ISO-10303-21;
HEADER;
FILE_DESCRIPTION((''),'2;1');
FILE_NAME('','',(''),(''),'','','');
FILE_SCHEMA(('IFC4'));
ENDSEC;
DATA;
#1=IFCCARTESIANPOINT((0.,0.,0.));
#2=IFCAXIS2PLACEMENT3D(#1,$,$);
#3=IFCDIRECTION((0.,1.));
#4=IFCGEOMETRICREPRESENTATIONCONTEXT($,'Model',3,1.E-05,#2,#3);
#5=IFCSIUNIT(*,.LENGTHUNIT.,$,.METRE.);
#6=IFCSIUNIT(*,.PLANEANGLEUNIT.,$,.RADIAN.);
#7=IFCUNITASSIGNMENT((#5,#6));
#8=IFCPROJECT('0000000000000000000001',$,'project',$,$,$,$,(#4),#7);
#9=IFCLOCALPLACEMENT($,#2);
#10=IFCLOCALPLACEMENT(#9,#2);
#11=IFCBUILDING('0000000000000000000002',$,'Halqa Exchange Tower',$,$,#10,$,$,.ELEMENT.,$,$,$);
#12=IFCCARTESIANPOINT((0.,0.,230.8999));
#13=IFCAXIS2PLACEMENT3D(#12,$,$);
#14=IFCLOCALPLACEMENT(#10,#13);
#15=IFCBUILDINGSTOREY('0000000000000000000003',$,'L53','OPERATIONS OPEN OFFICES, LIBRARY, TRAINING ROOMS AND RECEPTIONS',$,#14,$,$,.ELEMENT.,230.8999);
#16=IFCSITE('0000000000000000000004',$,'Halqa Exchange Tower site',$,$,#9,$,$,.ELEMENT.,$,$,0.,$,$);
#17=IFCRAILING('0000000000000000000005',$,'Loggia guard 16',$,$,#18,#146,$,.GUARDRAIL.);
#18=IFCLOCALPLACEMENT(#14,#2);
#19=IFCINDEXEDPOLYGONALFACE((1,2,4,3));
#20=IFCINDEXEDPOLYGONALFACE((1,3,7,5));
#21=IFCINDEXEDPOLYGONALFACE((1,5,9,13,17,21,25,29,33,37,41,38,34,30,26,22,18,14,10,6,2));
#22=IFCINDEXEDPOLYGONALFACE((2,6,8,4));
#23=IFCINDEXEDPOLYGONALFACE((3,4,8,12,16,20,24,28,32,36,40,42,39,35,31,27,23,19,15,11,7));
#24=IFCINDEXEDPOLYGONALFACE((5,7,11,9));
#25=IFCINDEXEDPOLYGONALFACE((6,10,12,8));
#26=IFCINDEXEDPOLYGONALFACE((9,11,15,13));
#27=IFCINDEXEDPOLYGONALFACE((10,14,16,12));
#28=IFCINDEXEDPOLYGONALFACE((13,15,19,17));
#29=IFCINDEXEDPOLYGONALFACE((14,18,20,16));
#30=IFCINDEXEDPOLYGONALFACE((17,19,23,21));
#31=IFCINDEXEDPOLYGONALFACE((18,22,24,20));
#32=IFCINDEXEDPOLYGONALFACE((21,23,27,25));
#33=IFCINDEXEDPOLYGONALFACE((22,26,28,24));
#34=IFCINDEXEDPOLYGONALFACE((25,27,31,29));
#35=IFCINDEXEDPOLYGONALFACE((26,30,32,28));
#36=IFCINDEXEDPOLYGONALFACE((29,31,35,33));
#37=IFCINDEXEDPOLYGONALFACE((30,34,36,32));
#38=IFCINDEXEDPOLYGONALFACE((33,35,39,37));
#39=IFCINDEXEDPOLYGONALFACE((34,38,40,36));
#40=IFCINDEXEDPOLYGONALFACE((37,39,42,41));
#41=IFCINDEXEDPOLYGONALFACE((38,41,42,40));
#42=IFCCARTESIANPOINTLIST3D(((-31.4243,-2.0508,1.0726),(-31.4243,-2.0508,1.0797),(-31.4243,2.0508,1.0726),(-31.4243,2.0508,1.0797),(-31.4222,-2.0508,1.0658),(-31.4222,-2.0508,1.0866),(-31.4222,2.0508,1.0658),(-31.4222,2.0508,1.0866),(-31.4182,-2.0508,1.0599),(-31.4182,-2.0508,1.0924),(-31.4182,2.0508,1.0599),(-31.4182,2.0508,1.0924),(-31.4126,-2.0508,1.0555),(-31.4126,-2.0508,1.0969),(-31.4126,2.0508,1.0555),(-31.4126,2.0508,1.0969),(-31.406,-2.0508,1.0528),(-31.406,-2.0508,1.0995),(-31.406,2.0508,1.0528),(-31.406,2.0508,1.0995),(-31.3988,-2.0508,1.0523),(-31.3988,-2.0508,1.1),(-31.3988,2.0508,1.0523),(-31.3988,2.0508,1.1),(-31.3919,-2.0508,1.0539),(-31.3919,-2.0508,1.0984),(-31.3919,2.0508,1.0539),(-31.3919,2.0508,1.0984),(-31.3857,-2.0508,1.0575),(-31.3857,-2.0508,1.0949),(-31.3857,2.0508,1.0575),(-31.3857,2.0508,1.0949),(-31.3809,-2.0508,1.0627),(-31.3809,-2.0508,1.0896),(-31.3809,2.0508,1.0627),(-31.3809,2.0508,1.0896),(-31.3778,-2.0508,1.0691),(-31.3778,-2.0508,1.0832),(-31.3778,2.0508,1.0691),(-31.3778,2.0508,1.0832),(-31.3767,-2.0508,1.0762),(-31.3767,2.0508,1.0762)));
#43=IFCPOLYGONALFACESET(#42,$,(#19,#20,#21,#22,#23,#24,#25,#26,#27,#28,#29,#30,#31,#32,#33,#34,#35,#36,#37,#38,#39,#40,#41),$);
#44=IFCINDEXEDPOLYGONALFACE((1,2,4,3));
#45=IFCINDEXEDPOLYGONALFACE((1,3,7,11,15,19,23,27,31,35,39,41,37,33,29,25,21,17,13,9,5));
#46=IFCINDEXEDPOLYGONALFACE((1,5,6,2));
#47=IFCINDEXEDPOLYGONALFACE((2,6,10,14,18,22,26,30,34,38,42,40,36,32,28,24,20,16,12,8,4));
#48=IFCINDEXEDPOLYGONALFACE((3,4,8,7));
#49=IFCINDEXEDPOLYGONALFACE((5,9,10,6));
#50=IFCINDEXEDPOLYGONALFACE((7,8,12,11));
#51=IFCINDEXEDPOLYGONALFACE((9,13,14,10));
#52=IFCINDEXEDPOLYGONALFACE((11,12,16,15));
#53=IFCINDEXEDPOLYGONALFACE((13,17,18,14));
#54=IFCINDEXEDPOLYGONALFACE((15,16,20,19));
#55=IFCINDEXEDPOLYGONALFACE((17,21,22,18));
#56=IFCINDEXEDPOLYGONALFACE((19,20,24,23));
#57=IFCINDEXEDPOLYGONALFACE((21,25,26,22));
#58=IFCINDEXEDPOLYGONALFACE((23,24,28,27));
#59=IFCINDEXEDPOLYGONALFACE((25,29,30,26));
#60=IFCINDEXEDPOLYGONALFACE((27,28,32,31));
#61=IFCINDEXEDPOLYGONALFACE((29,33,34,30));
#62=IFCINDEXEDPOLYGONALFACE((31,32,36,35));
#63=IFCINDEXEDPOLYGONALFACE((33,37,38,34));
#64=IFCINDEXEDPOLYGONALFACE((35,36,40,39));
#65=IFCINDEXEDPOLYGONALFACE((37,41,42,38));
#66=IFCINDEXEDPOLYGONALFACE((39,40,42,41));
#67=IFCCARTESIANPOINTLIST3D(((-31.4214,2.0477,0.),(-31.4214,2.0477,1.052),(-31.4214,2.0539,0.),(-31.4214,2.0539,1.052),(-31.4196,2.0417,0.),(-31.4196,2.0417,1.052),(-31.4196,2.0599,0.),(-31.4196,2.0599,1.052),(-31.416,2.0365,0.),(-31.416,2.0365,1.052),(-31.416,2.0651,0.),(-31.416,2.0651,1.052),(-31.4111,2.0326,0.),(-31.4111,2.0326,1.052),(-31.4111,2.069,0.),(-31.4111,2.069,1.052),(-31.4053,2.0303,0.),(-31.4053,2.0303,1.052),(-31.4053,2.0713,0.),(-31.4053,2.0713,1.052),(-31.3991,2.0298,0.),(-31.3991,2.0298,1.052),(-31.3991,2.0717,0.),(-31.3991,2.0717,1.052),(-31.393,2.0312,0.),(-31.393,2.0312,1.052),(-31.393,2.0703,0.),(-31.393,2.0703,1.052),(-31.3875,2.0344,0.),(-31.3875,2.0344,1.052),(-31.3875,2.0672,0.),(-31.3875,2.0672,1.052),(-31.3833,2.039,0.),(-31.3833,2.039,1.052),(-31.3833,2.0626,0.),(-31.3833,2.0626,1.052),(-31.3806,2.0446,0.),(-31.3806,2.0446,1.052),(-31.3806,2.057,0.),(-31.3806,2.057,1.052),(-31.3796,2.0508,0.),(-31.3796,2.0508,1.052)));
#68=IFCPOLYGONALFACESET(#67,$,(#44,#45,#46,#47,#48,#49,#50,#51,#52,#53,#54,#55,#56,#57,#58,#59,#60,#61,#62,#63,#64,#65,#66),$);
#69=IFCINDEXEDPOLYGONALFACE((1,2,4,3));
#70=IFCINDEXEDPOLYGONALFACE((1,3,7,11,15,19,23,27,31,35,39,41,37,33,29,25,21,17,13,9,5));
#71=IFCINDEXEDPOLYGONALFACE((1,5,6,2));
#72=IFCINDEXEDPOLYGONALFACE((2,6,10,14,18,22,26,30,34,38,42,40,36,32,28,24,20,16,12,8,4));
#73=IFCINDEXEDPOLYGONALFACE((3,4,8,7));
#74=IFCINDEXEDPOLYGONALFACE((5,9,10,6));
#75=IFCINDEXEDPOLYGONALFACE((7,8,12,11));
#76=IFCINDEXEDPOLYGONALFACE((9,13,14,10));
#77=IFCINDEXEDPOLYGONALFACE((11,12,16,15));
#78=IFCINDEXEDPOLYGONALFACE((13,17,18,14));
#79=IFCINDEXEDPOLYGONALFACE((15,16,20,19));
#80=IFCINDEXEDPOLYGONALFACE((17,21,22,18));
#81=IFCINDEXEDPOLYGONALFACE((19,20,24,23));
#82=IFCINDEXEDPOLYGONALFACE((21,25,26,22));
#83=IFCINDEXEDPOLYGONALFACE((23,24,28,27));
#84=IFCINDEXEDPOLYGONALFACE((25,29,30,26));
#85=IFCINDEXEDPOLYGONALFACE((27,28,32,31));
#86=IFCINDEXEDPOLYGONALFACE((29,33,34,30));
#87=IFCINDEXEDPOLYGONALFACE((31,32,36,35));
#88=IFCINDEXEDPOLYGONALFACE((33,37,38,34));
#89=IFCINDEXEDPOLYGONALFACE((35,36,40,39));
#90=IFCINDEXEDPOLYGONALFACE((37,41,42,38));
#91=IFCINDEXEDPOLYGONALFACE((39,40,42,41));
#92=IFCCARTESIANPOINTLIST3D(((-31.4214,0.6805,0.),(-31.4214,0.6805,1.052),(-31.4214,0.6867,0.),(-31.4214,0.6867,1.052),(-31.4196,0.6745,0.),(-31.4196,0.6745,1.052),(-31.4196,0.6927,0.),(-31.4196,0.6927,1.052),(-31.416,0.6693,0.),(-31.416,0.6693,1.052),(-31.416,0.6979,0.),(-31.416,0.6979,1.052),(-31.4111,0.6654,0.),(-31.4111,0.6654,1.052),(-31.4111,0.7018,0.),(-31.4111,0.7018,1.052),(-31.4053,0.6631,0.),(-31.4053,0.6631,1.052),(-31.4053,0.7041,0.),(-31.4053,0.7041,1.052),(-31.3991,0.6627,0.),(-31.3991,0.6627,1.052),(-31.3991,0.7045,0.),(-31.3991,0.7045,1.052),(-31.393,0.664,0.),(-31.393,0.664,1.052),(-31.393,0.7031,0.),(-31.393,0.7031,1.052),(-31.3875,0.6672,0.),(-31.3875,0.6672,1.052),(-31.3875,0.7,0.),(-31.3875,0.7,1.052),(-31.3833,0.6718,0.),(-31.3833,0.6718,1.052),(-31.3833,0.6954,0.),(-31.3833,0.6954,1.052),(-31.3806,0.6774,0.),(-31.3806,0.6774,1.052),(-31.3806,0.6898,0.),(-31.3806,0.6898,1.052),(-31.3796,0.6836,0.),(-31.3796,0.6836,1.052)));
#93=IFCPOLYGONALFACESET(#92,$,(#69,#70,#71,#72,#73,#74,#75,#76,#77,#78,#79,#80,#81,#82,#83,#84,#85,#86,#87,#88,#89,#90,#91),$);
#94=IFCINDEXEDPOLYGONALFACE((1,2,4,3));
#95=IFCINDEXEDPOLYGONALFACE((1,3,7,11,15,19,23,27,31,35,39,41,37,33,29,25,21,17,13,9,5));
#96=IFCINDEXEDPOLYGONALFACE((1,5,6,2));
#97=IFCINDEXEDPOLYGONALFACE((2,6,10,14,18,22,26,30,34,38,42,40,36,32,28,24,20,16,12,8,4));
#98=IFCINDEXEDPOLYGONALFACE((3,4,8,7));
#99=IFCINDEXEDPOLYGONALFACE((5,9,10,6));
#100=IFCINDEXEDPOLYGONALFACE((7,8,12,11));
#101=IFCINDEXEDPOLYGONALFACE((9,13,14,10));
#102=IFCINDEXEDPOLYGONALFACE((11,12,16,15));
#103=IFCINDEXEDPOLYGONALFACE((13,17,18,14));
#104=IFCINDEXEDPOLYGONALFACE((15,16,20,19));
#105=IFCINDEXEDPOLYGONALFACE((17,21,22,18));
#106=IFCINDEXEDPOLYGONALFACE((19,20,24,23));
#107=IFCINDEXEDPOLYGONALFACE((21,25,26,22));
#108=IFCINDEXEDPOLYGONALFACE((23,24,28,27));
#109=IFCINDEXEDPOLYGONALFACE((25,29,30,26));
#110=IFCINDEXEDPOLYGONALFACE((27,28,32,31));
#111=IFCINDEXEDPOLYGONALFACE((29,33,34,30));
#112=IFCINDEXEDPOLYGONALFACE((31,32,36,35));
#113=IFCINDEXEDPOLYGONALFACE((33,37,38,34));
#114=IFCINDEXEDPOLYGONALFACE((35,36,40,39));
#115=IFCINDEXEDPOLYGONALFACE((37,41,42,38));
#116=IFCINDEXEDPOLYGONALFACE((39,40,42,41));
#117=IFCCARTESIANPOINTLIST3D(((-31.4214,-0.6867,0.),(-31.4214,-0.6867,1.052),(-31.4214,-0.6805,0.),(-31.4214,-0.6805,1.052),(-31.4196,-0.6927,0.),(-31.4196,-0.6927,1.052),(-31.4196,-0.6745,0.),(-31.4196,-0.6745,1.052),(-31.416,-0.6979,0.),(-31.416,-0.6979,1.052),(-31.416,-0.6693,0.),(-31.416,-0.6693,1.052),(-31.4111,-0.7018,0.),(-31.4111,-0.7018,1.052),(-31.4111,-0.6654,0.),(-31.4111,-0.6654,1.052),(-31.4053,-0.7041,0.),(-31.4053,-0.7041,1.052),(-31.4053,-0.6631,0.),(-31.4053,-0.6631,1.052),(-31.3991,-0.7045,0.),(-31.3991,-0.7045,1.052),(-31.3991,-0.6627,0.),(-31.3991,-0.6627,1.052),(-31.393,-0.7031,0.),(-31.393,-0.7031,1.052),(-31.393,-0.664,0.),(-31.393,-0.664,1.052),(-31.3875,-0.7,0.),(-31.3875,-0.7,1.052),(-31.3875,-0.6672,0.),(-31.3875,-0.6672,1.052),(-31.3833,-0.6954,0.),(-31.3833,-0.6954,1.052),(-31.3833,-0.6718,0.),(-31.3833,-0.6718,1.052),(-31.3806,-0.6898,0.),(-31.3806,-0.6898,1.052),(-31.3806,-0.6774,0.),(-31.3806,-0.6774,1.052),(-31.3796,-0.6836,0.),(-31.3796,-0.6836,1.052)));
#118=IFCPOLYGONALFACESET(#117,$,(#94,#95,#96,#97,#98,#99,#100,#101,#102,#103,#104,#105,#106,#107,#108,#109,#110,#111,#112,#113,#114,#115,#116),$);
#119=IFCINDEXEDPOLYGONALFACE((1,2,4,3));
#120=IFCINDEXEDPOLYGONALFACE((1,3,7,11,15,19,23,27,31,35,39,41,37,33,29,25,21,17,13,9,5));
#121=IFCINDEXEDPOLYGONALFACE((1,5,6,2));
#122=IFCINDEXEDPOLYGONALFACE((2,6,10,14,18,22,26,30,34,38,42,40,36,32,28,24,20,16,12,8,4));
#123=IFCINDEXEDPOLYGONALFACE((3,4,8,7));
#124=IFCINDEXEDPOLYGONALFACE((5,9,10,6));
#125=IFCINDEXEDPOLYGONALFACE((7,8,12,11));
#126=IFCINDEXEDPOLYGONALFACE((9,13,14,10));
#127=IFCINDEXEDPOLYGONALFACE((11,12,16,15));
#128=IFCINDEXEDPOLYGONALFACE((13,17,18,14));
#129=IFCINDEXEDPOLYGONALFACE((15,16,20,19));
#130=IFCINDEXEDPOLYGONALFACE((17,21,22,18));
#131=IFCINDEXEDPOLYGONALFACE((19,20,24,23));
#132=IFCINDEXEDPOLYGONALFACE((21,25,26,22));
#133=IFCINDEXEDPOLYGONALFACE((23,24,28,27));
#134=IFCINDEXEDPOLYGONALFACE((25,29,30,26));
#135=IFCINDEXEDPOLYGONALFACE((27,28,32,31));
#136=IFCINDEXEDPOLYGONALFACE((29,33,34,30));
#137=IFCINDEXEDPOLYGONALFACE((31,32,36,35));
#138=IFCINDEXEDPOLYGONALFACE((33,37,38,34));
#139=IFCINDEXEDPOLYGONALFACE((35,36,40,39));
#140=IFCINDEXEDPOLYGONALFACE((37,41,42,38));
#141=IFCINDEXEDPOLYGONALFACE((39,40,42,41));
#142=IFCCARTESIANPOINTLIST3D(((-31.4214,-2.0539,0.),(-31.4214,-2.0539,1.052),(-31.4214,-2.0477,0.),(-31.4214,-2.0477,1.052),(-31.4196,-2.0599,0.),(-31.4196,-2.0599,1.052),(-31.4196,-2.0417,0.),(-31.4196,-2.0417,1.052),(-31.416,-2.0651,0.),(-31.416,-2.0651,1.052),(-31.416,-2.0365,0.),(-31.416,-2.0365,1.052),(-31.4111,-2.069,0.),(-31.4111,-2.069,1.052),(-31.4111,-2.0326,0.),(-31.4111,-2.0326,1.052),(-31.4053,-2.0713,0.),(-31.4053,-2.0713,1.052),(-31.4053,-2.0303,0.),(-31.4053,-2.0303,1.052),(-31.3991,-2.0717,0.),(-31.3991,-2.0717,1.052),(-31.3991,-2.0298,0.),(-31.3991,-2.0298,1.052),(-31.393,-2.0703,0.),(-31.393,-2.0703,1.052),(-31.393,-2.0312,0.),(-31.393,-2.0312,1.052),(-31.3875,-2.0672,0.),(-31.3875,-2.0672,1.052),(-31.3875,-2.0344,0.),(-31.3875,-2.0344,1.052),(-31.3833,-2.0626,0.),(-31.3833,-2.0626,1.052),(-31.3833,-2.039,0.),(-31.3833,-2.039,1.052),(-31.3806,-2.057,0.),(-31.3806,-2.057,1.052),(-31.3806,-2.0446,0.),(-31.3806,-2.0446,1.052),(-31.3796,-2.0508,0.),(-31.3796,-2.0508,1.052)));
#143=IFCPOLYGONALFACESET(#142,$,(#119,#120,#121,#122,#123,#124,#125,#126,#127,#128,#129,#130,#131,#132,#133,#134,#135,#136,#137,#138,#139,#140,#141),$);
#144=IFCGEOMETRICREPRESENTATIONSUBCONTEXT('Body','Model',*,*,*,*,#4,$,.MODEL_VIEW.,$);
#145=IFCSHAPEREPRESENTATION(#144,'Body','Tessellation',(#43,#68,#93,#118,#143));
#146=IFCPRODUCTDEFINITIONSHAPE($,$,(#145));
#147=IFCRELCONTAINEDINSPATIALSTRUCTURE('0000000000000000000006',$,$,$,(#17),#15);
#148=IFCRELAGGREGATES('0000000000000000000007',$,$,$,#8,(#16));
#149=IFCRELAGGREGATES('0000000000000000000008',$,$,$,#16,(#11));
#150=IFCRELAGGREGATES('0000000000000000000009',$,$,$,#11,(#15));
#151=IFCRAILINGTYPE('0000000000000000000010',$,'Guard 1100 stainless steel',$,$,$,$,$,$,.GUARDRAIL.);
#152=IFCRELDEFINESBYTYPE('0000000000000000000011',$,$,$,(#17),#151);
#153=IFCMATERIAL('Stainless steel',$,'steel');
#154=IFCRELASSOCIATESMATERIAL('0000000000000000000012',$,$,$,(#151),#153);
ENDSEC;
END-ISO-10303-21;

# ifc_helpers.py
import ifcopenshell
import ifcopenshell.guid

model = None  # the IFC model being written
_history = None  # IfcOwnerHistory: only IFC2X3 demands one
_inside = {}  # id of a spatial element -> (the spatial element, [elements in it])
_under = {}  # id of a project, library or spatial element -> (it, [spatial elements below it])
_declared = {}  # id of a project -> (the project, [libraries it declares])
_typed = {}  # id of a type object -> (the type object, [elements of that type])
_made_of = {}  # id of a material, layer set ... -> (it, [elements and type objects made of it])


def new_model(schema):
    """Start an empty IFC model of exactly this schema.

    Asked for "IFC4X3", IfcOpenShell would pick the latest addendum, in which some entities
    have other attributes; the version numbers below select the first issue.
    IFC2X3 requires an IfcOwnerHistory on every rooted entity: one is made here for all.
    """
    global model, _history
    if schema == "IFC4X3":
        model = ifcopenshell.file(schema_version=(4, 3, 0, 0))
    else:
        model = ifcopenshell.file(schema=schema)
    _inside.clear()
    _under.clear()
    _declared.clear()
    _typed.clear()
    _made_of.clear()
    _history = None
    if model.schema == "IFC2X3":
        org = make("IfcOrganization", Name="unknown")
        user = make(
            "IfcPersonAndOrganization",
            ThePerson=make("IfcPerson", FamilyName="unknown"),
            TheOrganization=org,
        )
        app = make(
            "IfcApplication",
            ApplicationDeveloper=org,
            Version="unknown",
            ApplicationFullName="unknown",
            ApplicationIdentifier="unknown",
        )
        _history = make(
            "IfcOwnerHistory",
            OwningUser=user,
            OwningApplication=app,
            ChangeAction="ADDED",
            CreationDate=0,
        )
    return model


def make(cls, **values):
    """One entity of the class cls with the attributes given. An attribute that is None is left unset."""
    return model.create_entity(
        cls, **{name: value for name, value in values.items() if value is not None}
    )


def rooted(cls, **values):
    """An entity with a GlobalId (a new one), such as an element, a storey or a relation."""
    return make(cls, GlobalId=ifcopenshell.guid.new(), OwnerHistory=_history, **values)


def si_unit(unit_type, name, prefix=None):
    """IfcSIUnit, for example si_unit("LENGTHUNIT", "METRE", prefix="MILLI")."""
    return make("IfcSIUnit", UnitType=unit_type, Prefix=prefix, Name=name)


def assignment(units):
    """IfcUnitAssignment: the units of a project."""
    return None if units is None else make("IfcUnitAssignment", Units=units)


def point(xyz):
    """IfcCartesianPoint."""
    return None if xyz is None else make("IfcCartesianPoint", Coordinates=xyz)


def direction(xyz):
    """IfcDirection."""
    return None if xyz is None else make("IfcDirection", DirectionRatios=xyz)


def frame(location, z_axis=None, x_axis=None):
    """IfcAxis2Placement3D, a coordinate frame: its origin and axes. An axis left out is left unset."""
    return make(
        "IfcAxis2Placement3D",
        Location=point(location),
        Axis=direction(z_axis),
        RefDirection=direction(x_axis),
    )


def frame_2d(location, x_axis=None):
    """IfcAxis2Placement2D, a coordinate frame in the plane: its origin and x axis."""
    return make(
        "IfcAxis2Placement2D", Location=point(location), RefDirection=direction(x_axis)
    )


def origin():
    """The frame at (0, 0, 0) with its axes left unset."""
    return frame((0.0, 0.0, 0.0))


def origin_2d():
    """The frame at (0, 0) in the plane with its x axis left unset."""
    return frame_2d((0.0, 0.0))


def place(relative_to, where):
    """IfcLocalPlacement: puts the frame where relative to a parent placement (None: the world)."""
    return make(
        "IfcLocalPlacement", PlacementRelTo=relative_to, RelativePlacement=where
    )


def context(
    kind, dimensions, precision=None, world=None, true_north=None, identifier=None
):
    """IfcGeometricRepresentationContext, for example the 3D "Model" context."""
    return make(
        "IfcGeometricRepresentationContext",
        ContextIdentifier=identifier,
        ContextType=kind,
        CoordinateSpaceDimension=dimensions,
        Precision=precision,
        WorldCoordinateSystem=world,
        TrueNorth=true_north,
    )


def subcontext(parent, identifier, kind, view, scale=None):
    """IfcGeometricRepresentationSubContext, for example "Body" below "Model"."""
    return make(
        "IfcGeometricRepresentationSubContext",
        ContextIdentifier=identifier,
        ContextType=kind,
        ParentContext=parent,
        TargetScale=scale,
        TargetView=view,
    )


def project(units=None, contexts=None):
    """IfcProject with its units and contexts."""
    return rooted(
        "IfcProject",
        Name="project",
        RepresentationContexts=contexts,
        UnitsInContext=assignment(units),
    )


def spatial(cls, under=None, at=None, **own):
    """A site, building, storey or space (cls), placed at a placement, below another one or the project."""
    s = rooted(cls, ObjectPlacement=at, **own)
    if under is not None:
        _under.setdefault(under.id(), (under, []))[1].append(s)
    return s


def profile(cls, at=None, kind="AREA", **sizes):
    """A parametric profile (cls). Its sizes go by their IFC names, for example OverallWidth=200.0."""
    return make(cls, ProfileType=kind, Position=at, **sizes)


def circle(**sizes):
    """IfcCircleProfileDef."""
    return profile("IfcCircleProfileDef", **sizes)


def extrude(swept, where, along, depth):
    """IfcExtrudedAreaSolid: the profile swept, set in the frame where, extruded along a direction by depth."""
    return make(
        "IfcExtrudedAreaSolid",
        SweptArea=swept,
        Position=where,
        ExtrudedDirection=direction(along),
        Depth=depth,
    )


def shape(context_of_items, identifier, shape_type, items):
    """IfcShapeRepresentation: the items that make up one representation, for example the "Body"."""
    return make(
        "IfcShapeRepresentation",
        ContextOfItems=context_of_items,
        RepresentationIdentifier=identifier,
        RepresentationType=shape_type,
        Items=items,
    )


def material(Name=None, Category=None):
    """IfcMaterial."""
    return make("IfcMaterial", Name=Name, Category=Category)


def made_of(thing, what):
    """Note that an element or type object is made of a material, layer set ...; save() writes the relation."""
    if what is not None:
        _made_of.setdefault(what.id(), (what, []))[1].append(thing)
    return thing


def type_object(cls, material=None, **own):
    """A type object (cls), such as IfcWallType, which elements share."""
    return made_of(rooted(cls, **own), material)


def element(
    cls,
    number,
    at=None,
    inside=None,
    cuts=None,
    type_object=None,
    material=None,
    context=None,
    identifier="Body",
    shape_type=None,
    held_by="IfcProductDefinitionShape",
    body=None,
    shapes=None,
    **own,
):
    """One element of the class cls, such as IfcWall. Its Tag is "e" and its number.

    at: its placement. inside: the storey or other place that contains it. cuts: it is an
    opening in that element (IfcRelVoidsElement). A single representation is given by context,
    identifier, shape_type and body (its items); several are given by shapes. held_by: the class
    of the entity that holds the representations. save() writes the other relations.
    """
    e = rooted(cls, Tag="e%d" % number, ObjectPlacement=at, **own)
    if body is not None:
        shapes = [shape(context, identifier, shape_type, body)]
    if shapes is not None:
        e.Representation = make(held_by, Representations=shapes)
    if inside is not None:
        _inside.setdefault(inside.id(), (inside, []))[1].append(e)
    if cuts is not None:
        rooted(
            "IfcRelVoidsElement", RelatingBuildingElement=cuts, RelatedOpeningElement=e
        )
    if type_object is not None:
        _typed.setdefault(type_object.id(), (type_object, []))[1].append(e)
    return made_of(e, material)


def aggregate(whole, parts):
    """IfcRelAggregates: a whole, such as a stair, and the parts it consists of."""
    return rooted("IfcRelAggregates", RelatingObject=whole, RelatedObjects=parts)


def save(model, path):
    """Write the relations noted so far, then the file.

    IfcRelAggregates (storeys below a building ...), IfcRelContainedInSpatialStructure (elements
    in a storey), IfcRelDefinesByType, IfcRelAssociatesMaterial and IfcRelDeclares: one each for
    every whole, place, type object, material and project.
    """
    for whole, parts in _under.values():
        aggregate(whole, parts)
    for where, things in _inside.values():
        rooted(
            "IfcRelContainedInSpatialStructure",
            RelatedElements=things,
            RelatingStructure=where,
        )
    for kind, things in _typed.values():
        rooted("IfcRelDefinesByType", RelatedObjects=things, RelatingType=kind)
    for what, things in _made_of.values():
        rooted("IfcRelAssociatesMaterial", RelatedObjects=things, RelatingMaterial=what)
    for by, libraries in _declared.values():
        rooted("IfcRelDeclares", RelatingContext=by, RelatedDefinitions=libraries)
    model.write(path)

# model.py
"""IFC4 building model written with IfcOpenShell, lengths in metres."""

from ifc_helpers import new_model, si_unit, direction, frame, origin, origin_2d, place, context, subcontext, project, spatial, circle, extrude, material, type_object, element, save


model = new_model("IFC4")

# Units and contexts
model_context = context("Model", 3, precision=1e-05, world=origin(), true_north=direction((0.0, 1.0)))
body_context = subcontext(model_context, "Body", "Model", "MODEL_VIEW")
ifc_project = project(units=[si_unit("LENGTHUNIT", "METRE"), si_unit("PLANEANGLEUNIT", "RADIAN")], contexts=[model_context])

# Site, building, storey
site_placement = place(None, origin())
site = spatial("IfcSite", under=ifc_project, at=site_placement, Name="Halqa Exchange Tower site", CompositionType="ELEMENT", RefElevation=0.0)
building_placement = place(site_placement, origin())
building = spatial("IfcBuilding", under=site, at=building_placement, Name="Halqa Exchange Tower", CompositionType="ELEMENT")
storey_placement = place(building_placement, frame((0.0, 0.0, 230.8999)))
storey = spatial("IfcBuildingStorey", under=building, at=storey_placement, Name="L53", Description="OPERATIONS OPEN OFFICES, LIBRARY, TRAINING ROOMS AND RECEPTIONS", CompositionType="ELEMENT", Elevation=230.8999)

# Railing
ifc_material_1 = material(Name="Stainless steel", Category="steel")
railing_type = type_object("IfcRailingType", Name="Guard 1100 stainless steel", PredefinedType="GUARDRAIL", material=ifc_material_1)
railing_1_placement = place(storey_placement, frame((-31.4006, 2.0508, 0.0)))
element("IfcRailing", 1, at=railing_1_placement, inside=storey, type_object=railing_type, Name="Loggia guard 16", PredefinedType="GUARDRAIL", context=body_context, shape_type="SweptSolid", body=[
    extrude(circle(Radius=0.0239, at=origin_2d()), frame((0.0, 0.0, 1.0762), z_axis=(0.0, -1.0, 0.0), x_axis=(1.0, 0.0, 0.0)), (0.0, 0.0, 1.0), 4.1016),
    extrude(circle(Radius=0.021, at=origin_2d()), origin(), (0.0, 0.0, 1.0), 1.052),
    extrude(circle(Radius=0.021, at=origin_2d()), frame((0.0, -1.3672, 0.0)), (0.0, 0.0, 1.0), 1.052),
    extrude(circle(Radius=0.021, at=origin_2d()), frame((0.0, -2.7344, 0.0)), (0.0, 0.0, 1.0), 1.052),
    extrude(circle(Radius=0.021, at=origin_2d()), frame((0.0, -4.1016, 0.0)), (0.0, 0.0, 1.0), 1.052),
])

save(model, "model.ifc")
